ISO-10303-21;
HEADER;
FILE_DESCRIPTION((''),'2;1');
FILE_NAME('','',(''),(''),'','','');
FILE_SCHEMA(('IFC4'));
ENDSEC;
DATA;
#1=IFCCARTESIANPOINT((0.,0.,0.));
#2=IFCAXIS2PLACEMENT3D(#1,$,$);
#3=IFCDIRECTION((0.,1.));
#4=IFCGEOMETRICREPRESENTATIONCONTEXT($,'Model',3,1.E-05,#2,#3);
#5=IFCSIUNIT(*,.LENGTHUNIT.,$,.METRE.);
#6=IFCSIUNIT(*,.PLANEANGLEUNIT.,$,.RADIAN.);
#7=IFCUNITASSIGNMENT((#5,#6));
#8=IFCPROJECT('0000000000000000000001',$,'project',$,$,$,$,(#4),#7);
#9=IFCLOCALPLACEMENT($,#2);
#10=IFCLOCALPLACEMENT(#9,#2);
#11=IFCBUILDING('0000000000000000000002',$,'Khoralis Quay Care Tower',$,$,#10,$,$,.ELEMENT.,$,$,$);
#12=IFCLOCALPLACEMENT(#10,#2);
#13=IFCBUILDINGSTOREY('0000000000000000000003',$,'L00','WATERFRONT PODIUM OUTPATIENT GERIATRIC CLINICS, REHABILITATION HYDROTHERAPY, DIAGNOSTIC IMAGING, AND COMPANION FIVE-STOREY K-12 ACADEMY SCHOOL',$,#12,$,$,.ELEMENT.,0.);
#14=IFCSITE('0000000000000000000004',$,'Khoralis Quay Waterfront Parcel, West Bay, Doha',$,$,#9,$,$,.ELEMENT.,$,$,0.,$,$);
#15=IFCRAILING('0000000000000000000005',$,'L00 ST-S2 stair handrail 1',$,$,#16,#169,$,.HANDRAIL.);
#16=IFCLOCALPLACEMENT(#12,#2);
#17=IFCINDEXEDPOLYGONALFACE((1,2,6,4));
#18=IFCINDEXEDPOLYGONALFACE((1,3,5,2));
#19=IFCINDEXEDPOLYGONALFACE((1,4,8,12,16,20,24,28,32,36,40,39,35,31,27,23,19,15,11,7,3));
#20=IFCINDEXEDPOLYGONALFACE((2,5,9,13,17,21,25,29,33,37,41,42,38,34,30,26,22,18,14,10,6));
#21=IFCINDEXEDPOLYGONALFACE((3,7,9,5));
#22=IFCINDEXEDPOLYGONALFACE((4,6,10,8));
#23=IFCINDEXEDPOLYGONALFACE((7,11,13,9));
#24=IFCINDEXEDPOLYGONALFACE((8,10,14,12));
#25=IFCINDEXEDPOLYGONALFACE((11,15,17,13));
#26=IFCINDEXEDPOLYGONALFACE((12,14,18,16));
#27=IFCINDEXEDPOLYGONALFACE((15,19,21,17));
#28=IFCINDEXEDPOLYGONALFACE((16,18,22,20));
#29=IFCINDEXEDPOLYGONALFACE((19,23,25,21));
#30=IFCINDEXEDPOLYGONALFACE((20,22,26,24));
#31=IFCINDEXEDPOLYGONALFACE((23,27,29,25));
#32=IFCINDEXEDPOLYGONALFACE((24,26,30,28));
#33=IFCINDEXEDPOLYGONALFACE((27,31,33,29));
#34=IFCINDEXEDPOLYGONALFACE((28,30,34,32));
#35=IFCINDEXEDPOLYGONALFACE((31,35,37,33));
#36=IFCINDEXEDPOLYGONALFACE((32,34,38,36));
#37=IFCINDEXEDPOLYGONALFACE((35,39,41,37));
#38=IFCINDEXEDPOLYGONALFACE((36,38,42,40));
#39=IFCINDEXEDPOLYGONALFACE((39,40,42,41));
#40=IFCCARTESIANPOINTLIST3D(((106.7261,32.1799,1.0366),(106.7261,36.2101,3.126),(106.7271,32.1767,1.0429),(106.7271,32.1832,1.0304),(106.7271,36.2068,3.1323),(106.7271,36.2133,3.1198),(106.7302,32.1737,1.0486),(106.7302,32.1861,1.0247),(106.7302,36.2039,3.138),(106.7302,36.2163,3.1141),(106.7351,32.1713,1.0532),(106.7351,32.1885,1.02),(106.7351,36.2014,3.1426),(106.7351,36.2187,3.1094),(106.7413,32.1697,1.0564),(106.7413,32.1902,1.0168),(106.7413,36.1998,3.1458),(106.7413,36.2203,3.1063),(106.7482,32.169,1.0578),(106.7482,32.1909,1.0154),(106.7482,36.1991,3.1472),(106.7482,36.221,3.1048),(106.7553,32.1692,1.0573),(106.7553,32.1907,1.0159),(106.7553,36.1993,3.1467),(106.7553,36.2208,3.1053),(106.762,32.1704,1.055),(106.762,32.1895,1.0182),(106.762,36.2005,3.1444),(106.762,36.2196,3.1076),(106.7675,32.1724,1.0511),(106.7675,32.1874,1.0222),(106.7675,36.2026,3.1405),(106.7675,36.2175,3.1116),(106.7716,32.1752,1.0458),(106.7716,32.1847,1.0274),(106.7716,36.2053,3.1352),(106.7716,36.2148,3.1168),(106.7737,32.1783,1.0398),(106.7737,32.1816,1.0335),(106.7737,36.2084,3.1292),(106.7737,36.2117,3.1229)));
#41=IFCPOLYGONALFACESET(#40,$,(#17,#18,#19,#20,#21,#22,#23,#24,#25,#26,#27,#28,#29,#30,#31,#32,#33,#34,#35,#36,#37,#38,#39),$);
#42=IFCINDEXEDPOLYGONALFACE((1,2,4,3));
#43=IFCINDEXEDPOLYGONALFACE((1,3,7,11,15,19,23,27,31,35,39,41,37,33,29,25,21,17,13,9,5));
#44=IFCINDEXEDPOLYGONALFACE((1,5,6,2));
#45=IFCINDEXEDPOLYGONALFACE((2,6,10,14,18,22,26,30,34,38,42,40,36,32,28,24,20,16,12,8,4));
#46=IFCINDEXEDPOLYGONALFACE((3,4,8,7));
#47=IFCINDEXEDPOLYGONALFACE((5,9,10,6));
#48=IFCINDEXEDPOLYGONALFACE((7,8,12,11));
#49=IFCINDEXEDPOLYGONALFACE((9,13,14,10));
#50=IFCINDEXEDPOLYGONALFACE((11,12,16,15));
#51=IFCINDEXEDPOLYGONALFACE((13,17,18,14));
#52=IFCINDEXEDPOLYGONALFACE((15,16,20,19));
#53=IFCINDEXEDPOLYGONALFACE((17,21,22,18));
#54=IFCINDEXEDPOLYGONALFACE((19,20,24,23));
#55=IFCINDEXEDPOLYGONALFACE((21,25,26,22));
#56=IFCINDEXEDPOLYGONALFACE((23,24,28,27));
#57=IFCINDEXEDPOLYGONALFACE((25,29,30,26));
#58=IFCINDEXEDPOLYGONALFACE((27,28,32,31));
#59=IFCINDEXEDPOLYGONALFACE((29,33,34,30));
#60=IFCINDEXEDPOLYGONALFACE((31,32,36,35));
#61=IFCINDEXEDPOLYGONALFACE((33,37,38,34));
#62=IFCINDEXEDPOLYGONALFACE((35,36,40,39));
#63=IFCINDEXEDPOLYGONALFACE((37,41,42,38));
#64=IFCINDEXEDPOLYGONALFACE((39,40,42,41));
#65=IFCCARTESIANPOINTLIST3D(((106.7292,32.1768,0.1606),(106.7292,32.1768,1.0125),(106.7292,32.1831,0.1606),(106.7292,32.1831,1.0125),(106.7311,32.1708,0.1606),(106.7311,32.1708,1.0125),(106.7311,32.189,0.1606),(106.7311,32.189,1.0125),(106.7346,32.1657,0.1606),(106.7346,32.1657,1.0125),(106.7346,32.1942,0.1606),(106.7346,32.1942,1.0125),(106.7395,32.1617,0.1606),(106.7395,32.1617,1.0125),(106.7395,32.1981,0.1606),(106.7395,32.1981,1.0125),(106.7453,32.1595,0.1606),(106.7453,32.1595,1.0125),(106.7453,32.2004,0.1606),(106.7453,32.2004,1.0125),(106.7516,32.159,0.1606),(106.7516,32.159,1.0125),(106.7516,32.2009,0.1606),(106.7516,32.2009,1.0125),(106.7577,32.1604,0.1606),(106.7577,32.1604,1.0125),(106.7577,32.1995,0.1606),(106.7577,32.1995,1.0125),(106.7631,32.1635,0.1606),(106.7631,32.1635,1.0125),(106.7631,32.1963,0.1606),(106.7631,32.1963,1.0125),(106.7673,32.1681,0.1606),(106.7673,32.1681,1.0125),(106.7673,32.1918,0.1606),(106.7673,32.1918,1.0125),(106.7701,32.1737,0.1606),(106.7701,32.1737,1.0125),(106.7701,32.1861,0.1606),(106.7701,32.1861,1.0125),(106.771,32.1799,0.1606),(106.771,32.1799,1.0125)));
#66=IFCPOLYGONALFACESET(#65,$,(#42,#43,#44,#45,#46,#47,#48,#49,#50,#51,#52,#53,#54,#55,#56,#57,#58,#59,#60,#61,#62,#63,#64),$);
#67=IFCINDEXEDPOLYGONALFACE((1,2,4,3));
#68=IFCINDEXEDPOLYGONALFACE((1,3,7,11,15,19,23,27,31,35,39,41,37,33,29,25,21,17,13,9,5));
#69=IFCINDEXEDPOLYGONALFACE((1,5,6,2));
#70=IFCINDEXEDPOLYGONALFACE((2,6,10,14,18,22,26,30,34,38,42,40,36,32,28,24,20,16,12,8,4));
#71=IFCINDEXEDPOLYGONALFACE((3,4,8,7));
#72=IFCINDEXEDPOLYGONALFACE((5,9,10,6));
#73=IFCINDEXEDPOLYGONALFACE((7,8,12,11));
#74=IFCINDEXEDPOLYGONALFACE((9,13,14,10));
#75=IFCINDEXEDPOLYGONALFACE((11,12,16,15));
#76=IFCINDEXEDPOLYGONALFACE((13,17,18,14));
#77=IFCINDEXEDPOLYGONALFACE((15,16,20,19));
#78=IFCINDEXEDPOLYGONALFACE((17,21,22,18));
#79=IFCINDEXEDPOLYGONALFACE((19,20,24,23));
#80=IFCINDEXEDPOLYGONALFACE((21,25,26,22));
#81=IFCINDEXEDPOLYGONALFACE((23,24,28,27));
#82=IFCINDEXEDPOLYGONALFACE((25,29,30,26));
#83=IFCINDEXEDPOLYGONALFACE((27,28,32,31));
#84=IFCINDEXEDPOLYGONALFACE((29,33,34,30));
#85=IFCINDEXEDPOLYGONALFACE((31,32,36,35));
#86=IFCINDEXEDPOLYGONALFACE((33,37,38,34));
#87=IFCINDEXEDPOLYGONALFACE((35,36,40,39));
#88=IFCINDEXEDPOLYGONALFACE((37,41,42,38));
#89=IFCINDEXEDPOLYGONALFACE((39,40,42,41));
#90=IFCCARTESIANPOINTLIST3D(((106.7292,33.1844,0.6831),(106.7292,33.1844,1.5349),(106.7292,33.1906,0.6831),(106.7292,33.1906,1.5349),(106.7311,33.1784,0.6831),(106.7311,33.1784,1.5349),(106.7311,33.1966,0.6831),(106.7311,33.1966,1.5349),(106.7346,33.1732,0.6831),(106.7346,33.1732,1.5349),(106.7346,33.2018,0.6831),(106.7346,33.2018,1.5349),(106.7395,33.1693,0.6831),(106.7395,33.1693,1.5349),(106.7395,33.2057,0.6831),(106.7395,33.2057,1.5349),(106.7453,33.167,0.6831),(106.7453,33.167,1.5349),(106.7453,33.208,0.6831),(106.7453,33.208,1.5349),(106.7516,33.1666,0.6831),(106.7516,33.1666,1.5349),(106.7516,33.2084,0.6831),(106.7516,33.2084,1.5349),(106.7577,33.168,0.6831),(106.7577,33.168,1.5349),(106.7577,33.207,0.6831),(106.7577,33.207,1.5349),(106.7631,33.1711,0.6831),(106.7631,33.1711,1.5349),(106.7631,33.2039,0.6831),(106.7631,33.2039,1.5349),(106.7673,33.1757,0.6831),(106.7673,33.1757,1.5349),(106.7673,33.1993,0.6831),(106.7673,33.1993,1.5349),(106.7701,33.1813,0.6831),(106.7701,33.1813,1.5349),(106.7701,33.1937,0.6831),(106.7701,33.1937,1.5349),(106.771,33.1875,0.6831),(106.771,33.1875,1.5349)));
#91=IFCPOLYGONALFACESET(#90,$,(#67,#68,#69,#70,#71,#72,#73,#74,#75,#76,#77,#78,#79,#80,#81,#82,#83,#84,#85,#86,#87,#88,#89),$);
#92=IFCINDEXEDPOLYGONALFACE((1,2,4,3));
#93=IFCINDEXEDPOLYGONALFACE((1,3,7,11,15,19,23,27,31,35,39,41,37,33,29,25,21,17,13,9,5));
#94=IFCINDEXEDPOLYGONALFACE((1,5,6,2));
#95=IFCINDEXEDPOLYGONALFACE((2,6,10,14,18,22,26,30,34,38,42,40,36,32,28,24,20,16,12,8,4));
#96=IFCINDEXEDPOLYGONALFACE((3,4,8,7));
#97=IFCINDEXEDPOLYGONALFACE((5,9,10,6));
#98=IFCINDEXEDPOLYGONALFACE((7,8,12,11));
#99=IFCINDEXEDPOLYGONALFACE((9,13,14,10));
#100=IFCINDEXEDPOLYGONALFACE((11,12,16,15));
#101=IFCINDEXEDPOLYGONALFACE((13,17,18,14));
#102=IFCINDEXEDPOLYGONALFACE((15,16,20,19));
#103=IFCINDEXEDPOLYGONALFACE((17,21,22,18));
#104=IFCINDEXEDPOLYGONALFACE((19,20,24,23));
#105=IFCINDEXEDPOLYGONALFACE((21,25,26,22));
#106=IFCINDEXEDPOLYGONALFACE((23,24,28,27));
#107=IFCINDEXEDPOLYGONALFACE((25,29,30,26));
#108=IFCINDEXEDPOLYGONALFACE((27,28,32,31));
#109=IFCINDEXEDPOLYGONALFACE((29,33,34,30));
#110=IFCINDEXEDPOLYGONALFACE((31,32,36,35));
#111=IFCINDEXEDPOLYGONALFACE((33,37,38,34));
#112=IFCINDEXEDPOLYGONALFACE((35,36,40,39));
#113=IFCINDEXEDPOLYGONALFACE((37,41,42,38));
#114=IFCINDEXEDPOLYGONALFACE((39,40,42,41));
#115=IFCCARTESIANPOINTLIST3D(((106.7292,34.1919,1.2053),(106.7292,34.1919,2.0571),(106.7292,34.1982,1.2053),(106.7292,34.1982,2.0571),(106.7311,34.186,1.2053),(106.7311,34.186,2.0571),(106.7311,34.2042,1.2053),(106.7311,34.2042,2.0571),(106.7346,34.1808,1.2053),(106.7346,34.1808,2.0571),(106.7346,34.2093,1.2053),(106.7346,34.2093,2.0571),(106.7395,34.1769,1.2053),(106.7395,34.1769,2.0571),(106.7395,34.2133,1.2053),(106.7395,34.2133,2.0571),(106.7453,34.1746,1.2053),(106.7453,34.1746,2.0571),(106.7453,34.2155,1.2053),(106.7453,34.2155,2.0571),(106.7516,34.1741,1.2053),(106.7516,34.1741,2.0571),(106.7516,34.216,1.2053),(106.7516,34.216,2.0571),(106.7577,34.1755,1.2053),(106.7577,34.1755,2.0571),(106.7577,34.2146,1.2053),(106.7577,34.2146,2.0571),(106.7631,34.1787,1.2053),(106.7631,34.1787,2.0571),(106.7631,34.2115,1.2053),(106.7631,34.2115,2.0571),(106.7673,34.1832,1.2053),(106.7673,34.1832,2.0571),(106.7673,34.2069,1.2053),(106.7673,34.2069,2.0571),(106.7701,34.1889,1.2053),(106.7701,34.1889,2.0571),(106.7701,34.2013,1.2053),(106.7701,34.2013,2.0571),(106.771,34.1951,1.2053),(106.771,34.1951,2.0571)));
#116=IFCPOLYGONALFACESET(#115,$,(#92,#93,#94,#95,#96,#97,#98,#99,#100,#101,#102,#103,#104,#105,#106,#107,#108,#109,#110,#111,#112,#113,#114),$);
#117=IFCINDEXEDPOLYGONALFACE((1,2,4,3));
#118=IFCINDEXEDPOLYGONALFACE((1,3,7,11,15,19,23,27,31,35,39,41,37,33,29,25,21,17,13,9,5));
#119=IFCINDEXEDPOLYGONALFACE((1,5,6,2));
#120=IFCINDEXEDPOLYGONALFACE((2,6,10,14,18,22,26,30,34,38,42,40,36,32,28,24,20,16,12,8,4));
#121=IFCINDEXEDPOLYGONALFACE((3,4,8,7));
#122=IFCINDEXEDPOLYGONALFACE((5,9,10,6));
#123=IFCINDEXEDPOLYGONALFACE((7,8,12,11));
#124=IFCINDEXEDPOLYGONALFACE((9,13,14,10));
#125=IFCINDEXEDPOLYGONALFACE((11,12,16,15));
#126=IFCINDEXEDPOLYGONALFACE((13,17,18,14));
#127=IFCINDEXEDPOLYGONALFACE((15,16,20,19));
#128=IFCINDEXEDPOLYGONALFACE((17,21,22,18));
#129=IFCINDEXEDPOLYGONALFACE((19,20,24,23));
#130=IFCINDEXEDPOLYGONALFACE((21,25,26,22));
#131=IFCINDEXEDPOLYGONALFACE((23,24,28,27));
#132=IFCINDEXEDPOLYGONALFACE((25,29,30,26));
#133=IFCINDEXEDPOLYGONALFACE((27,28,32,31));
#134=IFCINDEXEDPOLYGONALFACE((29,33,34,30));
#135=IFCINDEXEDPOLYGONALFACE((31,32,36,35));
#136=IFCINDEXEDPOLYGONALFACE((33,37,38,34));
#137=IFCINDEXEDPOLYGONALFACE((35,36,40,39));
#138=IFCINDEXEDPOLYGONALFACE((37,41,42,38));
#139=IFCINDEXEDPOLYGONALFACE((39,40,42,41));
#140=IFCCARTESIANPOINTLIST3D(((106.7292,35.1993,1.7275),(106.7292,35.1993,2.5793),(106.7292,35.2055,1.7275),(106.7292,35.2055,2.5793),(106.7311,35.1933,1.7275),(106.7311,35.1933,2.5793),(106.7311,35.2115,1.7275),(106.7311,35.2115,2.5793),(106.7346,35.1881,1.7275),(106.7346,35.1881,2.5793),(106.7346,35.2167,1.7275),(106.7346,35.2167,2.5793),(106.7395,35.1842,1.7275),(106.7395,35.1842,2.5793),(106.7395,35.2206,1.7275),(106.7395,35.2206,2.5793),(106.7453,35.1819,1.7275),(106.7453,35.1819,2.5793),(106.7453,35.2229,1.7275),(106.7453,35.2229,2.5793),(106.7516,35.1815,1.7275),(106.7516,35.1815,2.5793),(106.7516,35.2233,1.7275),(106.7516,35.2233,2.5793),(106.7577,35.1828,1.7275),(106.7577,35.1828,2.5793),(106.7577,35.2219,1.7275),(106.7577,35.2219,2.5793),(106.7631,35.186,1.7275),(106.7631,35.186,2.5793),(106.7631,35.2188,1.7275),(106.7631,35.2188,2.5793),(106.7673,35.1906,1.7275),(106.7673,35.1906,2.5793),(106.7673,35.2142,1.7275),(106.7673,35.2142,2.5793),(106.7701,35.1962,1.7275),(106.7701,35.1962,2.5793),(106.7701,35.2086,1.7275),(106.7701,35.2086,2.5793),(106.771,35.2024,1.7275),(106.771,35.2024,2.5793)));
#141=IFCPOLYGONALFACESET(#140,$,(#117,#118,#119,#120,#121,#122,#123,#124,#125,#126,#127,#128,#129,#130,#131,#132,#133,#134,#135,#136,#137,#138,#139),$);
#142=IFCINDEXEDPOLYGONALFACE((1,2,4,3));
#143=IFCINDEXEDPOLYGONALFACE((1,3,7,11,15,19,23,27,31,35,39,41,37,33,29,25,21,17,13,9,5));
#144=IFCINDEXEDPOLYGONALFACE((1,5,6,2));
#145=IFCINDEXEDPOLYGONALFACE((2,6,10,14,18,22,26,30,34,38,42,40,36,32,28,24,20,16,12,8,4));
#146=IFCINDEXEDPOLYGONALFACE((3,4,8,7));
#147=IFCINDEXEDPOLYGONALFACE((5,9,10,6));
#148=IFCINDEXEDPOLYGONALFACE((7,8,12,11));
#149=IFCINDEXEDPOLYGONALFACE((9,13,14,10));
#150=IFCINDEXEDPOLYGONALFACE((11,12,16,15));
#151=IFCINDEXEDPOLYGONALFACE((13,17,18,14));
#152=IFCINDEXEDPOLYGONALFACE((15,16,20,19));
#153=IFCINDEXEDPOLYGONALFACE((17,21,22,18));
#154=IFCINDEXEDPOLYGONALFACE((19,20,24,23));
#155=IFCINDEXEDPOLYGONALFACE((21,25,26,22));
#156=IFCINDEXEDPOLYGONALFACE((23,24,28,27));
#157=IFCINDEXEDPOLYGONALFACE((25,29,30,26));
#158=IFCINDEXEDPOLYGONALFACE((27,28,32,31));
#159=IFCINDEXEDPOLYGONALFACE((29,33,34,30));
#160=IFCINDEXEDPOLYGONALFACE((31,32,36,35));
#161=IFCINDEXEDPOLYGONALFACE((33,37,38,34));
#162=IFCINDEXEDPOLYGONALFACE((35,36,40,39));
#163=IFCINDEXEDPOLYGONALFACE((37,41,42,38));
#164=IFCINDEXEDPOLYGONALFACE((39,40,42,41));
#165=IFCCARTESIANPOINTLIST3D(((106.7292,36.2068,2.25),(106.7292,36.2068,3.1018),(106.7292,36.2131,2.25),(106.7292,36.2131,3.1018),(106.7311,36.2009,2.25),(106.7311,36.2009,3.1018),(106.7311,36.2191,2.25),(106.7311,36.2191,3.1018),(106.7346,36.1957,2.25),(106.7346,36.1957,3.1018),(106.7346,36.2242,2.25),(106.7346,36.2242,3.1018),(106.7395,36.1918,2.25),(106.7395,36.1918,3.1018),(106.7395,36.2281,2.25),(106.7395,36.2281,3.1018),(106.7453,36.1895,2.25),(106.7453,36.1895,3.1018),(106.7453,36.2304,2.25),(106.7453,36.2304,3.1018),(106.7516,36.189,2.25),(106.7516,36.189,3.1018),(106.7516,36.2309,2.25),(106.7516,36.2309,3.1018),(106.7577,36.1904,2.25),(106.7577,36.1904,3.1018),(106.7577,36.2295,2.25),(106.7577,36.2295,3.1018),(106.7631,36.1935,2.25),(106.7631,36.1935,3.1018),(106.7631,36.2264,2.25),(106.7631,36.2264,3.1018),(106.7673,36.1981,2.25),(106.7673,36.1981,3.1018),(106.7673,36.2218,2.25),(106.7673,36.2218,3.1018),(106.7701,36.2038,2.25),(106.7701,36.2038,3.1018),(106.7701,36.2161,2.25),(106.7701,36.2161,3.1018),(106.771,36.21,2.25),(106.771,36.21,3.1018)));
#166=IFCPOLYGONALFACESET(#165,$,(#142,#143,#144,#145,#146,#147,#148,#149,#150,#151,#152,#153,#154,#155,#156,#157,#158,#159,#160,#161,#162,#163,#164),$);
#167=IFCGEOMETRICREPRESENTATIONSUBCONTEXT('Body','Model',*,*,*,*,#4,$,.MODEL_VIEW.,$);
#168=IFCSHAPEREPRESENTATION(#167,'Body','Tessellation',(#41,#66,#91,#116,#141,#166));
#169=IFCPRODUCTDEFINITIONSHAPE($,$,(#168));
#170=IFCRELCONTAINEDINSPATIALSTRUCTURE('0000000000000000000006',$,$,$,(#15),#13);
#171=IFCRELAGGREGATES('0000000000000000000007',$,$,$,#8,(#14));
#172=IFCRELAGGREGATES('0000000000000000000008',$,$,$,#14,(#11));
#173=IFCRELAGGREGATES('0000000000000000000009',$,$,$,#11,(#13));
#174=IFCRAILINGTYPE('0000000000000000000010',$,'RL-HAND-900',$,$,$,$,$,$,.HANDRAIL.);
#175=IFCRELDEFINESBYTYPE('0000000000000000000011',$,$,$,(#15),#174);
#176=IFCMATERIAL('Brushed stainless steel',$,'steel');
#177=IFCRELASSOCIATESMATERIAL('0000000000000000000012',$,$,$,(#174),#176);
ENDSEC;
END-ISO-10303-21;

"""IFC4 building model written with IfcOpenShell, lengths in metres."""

from ifc_helpers import new_model, si_unit, direction, frame, origin, origin_2d, place, context, subcontext, project, spatial, circle, extrude, material, type_object, element, save


model = new_model("IFC4")

# Units and contexts
model_context = context("Model", 3, precision=1e-05, world=origin(), true_north=direction((0.0, 1.0)))
body_context = subcontext(model_context, "Body", "Model", "MODEL_VIEW")
ifc_project = project(units=[si_unit("LENGTHUNIT", "METRE"), si_unit("PLANEANGLEUNIT", "RADIAN")], contexts=[model_context])

# Site, building, storey
site_placement = place(None, origin())
site = spatial("IfcSite", under=ifc_project, at=site_placement, Name="Khoralis Quay Waterfront Parcel, West Bay, Doha", CompositionType="ELEMENT", RefElevation=0.0)
building_placement = place(site_placement, origin())
building = spatial("IfcBuilding", under=site, at=building_placement, Name="Khoralis Quay Care Tower", CompositionType="ELEMENT")
storey_placement = place(building_placement, origin())
storey = spatial("IfcBuildingStorey", under=building, at=storey_placement, Name="L00", Description="WATERFRONT PODIUM OUTPATIENT GERIATRIC CLINICS, REHABILITATION HYDROTHERAPY, DIAGNOSTIC IMAGING, AND COMPANION FIVE-STOREY K-12 ACADEMY SCHOOL", CompositionType="ELEMENT", Elevation=0.0)

# Railing
ifc_material_1 = material(Name="Brushed stainless steel", Category="steel")
railing_type_1 = type_object("IfcRailingType", Name="RL-HAND-900", PredefinedType="HANDRAIL", material=ifc_material_1)
railing_1_placement = place(storey_placement, frame((106.75, 32.1799, 0.1606)))
element("IfcRailing", 1, at=railing_1_placement, inside=storey, type_object=railing_type_1, Name="L00 ST-S2 stair handrail 1", PredefinedType="HANDRAIL", context=body_context, shape_type="SweptSolid", body=[
    extrude(circle(Radius=0.0239, at=origin_2d()), frame((0.0, 0.0, 0.876), z_axis=(0.0, 0.887781, 0.460267), x_axis=(-1.0, 0.0, 0.0)), (0.0, 0.0, 1.0), 4.5396),
    extrude(circle(Radius=0.021, at=origin_2d()), origin(), (0.0, 0.0, 1.0), 0.8518),
    extrude(circle(Radius=0.021, at=origin_2d()), frame((0.0, 1.0076, 0.5225)), (0.0, 0.0, 1.0), 0.8518),
    extrude(circle(Radius=0.021, at=origin_2d()), frame((0.0, 2.0151, 1.0447)), (0.0, 0.0, 1.0), 0.8518),
    extrude(circle(Radius=0.021, at=origin_2d()), frame((0.0, 3.0225, 1.5669)), (0.0, 0.0, 1.0), 0.8518),
    extrude(circle(Radius=0.021, at=origin_2d()), frame((0.0, 4.03, 2.0894)), (0.0, 0.0, 1.0), 0.8518),
])

save(model, "model.ifc")
